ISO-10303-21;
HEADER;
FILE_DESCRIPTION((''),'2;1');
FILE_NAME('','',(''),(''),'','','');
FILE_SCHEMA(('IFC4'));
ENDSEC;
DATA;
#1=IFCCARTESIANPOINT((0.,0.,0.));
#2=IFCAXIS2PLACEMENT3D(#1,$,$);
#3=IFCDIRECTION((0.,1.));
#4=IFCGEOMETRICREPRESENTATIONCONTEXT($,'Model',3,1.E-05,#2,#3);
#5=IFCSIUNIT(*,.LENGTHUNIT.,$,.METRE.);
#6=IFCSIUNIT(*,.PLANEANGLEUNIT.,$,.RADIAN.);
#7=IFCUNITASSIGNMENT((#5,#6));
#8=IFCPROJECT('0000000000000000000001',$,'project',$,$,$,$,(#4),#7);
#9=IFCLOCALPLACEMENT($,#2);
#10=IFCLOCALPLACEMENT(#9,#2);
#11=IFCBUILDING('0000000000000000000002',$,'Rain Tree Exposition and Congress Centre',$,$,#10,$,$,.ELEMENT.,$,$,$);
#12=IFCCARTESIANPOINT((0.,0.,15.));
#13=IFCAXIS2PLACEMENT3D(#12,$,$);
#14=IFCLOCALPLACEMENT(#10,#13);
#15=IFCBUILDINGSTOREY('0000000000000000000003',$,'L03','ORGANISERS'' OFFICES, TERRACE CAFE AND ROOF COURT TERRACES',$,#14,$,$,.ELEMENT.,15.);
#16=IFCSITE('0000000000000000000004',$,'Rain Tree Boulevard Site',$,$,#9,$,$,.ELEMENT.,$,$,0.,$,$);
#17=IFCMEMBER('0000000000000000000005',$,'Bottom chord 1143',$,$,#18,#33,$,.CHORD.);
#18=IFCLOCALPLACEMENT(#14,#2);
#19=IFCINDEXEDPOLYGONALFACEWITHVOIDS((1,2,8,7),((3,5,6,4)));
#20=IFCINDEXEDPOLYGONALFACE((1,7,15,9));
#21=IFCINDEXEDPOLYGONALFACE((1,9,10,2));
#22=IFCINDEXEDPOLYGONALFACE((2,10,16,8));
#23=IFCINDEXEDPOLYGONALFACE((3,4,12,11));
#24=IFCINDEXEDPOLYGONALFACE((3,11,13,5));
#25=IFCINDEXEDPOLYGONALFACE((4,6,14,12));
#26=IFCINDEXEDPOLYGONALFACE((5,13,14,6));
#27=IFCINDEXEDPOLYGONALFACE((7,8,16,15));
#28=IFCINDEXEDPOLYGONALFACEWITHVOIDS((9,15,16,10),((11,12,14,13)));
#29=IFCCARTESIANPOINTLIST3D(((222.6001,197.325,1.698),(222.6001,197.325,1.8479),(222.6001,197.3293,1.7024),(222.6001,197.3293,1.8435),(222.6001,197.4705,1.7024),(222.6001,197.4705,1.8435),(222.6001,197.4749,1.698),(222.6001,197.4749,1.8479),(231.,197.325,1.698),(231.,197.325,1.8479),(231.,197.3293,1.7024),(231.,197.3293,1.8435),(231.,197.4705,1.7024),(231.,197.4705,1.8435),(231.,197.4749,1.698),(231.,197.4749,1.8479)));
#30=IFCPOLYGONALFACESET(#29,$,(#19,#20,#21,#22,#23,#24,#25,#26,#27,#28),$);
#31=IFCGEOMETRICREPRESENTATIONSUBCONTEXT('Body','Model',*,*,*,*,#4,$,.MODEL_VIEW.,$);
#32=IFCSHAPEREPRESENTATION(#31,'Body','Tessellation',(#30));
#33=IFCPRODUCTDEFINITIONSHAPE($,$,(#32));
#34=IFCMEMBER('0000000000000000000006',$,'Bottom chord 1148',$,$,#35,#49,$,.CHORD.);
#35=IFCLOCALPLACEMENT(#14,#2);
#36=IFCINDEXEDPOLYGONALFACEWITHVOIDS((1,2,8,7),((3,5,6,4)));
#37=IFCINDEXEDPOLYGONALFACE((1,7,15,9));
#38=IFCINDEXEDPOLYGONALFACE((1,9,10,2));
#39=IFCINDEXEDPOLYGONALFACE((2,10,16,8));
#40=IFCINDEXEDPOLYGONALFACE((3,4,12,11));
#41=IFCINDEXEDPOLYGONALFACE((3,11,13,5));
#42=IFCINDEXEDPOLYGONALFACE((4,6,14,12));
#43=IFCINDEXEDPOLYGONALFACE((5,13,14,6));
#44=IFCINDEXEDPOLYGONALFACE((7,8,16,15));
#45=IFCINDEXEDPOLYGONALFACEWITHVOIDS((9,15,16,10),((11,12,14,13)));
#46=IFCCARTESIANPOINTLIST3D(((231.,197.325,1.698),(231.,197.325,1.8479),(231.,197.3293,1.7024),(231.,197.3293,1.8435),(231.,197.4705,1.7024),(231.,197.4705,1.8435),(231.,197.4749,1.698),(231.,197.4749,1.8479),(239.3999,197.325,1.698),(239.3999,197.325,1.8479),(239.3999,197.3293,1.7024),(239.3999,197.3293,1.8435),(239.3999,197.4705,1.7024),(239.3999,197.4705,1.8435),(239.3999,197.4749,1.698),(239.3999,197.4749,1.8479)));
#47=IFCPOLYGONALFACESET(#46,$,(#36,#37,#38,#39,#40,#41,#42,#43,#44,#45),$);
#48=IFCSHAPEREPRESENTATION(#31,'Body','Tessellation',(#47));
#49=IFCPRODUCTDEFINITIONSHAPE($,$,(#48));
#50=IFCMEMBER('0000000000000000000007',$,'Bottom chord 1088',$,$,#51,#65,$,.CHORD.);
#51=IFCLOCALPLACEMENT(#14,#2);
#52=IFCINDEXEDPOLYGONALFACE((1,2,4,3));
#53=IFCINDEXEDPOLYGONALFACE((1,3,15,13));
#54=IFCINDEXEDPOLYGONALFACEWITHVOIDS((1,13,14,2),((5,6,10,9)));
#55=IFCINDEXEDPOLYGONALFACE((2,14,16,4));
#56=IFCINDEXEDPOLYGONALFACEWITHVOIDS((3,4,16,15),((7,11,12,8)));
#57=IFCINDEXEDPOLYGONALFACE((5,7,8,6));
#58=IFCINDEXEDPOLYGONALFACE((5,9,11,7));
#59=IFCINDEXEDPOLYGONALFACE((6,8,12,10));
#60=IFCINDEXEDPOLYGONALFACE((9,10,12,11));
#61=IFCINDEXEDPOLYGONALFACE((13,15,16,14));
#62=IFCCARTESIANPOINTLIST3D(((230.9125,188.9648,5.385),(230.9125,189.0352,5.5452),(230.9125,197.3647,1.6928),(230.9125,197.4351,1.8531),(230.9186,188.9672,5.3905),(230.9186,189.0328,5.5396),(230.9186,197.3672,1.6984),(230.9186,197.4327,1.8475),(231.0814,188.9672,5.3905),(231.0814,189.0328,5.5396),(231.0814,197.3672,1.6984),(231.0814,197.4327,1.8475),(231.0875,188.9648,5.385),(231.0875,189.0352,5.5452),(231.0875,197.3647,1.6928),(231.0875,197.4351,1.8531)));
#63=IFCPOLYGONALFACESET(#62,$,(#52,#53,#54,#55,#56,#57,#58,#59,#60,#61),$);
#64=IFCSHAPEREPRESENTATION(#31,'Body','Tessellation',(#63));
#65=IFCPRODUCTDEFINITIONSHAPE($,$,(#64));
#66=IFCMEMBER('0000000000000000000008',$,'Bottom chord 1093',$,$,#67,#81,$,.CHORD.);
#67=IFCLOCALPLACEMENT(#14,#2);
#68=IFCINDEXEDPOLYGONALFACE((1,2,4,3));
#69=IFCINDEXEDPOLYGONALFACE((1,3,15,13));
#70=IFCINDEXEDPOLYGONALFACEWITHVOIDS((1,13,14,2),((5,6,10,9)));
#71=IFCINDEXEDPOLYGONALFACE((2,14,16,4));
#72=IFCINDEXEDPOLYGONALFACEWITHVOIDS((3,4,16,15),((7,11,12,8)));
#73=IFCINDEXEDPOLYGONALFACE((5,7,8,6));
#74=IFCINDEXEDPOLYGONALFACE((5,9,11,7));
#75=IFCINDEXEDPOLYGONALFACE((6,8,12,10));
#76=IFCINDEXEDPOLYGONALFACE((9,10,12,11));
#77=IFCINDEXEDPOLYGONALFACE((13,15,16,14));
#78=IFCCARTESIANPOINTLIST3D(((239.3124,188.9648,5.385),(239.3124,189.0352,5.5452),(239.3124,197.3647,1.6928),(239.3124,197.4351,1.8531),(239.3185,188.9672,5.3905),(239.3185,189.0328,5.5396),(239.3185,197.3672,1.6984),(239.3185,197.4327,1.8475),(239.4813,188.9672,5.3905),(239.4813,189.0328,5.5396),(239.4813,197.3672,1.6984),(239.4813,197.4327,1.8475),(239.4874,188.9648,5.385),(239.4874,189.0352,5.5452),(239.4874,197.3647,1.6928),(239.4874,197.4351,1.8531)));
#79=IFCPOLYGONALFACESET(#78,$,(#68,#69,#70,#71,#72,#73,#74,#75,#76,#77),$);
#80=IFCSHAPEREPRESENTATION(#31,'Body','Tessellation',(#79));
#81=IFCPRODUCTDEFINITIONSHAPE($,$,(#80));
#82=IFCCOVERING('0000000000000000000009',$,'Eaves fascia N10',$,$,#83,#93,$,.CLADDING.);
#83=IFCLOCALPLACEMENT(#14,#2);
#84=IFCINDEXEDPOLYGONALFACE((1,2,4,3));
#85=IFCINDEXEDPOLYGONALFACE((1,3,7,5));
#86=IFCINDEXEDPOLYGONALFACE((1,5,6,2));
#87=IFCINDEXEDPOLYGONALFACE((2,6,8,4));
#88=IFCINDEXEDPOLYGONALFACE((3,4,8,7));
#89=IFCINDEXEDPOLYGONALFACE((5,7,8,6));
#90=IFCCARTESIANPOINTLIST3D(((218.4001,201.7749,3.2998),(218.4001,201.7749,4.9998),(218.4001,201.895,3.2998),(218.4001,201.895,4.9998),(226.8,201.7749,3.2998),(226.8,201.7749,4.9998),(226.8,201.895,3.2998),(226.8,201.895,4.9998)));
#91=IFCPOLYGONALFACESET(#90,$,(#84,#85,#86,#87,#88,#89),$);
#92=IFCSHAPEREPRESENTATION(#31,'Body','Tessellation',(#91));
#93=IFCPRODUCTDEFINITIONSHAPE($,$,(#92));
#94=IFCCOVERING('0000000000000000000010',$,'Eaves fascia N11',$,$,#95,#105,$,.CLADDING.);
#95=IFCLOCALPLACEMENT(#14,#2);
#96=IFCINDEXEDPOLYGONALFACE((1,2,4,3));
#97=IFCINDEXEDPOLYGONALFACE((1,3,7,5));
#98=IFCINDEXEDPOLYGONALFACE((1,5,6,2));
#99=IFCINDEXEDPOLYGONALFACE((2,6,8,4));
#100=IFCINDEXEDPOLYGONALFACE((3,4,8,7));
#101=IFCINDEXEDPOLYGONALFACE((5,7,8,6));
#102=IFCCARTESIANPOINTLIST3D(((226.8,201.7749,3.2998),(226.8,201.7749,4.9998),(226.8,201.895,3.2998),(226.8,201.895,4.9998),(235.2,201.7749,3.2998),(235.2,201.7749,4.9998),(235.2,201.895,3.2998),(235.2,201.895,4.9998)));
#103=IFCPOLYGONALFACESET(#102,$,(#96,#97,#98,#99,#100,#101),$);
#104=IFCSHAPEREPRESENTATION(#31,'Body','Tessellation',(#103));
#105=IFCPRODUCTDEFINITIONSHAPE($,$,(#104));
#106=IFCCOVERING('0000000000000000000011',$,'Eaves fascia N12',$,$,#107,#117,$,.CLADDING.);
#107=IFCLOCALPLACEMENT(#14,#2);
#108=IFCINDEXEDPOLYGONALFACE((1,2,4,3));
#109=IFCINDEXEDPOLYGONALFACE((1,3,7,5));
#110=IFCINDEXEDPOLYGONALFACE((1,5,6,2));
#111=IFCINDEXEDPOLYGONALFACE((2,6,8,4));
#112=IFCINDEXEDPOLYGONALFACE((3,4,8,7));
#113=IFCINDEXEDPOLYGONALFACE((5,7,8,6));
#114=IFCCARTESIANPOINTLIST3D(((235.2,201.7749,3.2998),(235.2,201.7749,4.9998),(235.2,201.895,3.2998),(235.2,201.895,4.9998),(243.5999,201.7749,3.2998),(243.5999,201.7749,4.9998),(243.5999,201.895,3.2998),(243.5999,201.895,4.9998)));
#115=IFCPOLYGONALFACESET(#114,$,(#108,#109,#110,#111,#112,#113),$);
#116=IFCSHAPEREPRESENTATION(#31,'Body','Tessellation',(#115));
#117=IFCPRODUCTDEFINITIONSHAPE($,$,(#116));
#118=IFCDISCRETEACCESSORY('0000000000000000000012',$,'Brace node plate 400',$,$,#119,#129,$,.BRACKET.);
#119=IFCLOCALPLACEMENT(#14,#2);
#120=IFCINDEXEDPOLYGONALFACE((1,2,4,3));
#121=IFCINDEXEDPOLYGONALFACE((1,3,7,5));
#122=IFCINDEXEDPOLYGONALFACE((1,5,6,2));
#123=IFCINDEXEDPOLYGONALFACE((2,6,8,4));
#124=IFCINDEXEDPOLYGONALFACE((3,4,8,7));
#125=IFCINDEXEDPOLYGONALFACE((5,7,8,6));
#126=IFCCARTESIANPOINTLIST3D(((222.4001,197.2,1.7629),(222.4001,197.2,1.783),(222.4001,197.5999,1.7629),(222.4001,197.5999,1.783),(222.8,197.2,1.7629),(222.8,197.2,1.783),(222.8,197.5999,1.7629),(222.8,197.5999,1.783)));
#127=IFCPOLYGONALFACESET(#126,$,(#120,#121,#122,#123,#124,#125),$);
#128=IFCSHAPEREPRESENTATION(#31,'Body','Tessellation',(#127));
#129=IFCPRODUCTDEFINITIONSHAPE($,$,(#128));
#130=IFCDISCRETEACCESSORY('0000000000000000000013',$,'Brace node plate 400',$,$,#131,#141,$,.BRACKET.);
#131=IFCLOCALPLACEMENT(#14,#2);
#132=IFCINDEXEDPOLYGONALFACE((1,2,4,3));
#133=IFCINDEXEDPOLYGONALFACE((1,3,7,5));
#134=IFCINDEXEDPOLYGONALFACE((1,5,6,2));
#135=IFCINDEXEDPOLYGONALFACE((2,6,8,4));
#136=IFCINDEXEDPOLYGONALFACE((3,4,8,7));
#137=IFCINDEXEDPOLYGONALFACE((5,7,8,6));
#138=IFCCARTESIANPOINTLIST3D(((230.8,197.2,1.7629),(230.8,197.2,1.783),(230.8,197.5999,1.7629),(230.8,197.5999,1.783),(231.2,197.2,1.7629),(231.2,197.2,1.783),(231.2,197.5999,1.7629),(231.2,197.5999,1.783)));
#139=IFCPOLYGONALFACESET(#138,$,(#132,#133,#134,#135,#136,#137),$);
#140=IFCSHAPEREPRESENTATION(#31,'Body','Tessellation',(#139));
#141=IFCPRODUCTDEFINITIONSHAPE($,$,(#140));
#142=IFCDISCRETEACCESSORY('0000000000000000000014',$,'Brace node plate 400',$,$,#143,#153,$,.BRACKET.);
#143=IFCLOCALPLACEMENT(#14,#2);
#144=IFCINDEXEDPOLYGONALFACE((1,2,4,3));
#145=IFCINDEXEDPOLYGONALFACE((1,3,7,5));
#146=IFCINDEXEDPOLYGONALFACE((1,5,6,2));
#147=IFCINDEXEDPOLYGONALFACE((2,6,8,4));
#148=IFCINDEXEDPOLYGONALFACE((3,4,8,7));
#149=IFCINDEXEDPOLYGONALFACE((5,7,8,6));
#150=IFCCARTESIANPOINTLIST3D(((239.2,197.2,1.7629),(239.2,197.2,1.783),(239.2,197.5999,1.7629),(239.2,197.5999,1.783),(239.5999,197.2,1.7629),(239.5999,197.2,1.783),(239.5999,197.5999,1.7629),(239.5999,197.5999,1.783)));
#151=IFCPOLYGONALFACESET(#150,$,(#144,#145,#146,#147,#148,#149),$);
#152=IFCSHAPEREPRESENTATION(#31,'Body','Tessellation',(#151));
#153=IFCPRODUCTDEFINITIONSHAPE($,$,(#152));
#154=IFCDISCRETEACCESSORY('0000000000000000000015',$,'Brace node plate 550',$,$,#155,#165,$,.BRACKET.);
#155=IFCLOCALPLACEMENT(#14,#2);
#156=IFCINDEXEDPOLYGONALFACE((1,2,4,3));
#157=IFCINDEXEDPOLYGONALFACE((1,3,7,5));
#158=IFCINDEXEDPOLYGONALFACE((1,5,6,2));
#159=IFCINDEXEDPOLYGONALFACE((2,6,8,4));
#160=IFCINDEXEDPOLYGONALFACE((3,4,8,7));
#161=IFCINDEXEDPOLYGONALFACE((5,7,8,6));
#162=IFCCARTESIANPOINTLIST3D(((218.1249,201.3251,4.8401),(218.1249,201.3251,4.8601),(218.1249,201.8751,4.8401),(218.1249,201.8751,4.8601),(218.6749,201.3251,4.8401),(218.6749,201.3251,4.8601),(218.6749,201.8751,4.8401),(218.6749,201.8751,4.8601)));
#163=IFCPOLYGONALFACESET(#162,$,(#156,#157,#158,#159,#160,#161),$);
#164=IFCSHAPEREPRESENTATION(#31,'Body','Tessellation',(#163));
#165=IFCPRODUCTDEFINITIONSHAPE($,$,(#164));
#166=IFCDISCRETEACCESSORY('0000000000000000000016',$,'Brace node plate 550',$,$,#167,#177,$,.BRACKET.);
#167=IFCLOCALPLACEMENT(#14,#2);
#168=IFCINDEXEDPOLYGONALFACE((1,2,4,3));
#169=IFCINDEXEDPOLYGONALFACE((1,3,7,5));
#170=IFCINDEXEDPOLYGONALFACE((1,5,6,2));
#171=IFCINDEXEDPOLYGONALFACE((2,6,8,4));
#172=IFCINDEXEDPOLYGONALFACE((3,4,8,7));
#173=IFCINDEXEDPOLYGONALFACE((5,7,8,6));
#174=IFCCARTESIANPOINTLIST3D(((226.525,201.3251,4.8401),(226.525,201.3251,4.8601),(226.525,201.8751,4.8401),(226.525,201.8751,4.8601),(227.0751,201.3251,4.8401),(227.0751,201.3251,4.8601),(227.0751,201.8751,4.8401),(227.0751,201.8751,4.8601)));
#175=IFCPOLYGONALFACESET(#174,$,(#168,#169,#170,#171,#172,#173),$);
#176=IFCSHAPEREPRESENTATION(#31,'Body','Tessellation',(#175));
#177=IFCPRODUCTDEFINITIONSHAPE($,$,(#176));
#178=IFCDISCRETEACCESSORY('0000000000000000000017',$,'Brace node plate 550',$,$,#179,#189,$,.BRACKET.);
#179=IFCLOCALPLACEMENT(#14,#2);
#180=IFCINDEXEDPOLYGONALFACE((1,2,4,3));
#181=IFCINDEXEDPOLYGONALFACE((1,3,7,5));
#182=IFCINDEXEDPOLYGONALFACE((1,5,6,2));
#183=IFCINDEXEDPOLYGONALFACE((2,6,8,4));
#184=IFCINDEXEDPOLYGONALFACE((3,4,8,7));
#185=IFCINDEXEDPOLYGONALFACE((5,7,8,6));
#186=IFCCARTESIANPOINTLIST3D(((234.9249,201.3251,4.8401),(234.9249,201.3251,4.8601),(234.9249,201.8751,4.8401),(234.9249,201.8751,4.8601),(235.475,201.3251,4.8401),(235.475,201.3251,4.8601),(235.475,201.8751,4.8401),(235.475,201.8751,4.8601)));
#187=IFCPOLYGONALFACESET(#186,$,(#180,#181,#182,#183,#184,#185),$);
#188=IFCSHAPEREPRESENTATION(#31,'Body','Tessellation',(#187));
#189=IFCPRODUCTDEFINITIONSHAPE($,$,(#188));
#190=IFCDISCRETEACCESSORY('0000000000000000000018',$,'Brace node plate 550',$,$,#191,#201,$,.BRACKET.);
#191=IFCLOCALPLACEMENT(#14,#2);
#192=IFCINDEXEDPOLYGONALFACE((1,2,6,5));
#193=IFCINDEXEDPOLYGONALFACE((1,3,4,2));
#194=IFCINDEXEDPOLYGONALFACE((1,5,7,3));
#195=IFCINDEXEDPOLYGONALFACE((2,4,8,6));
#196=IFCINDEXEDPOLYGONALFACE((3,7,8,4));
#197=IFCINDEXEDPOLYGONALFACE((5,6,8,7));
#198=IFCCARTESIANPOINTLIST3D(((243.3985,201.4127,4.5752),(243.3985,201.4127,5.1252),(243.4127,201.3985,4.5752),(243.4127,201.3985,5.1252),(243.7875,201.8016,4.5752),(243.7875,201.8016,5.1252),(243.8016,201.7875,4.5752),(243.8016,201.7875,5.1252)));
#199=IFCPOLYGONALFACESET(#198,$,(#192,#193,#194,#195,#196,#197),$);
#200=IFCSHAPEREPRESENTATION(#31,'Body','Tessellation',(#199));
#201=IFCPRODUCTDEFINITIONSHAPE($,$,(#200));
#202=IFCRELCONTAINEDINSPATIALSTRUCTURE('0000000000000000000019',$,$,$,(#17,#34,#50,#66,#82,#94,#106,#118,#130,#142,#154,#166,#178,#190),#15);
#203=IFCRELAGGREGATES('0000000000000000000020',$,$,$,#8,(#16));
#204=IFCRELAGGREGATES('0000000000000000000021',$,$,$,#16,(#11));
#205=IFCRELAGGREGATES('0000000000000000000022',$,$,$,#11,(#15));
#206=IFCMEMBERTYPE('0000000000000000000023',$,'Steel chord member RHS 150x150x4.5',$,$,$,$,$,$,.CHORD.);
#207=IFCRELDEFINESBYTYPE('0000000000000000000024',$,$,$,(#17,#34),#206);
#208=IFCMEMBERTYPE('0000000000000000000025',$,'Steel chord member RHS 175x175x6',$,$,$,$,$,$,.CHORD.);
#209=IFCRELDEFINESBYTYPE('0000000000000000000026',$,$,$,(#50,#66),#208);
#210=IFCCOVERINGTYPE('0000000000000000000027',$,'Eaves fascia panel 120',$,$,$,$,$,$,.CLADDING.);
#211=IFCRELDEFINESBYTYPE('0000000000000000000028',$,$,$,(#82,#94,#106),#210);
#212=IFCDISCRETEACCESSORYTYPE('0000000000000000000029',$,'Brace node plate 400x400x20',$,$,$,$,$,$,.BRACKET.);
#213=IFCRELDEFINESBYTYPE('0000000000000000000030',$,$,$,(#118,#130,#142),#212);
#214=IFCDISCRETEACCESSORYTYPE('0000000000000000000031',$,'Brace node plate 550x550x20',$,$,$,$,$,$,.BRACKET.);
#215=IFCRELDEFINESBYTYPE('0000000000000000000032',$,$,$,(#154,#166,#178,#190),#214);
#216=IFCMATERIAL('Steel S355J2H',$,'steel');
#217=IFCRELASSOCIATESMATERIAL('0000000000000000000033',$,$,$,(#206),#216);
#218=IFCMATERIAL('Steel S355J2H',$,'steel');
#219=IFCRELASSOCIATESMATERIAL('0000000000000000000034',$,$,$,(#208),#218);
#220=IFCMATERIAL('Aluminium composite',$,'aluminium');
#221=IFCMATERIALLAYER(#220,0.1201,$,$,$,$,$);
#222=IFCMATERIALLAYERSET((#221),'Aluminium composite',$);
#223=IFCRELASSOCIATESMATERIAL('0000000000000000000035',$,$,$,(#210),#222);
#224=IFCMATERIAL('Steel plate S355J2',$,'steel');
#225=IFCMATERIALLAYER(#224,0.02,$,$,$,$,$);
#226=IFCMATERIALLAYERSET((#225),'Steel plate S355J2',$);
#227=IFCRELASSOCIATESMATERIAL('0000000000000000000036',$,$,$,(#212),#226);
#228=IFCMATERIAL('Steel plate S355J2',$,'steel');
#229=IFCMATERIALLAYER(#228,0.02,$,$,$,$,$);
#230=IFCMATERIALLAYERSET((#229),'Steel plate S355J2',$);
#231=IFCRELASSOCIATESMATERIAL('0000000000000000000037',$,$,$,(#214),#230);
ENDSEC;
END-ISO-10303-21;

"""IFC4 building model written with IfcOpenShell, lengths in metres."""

from ifc_helpers import new_model, si_unit, direction, frame, origin, origin_2d, place, context, subcontext, project, spatial, rectangle, hollow_rectangle, extrude, material, layer, layer_set, material_profile, profile_set, type_object, element, save


model = new_model("IFC4")

# Units and contexts
model_context = context("Model", 3, precision=1e-05, world=origin(), true_north=direction((0.0, 1.0)))
body_context = subcontext(model_context, "Body", "Model", "MODEL_VIEW")
ifc_project = project(units=[si_unit("LENGTHUNIT", "METRE"), si_unit("PLANEANGLEUNIT", "RADIAN")], contexts=[model_context])

# Site, building, storey
site_placement = place(None, origin())
site = spatial("IfcSite", under=ifc_project, at=site_placement, Name="Rain Tree Boulevard Site", CompositionType="ELEMENT", RefElevation=0.0)
building_placement = place(site_placement, origin())
building = spatial("IfcBuilding", under=site, at=building_placement, Name="Rain Tree Exposition and Congress Centre", CompositionType="ELEMENT")
storey_placement = place(building_placement, frame((0.0, 0.0, 15.0)))
storey = spatial("IfcBuildingStorey", under=building, at=storey_placement, Name="L03", Description="ORGANISERS' OFFICES, TERRACE CAFE AND ROOF COURT TERRACES", CompositionType="ELEMENT", Elevation=15.0)

# Members
ifc_material_1 = material(Name="Steel S355J2H", Category="steel")
ifc_material_profile_1 = material_profile(ifc_material_1, hollow_rectangle(XDim=0.1499, YDim=0.1499, WallThickness=0.0044, at=origin_2d()), Name="RHS 150x150x4.5")
ifc_profile_set_1 = profile_set([ifc_material_profile_1], Name="Steel S355J2H")
member_type_1 = type_object("IfcMemberType", Name="Steel chord member RHS 150x150x4.5", PredefinedType="CHORD", material=ifc_profile_set_1)
for number, where, z_axis, x_axis, name in (
    (1, (222.6001, 197.3999, 1.7729), (1.0, 0.0, 0.0), (0.0, 1.0, 0.0), "Bottom chord 1143"),
    (2, (231.0, 197.3999, 1.7729), (1.0, 0.0, 0.0), (0.0, 1.0, 0.0), "Bottom chord 1148"),
):
    element("IfcMember", number, at=place(storey_placement, frame(where, z_axis=z_axis, x_axis=x_axis)), inside=storey, type_object=member_type_1, Name=name, PredefinedType="CHORD", context=body_context, shape_type="SweptSolid", body=[
        extrude(hollow_rectangle(XDim=0.1499, YDim=0.1499, WallThickness=0.0044, at=origin_2d()), origin(), (0.0, 0.0, 1.0), 8.3999),
    ])
ifc_material_2 = material(Name="Steel S355J2H", Category="steel")
ifc_material_profile_2 = material_profile(ifc_material_2, hollow_rectangle(XDim=0.175, YDim=0.175, WallThickness=0.0061, at=origin_2d()), Name="RHS 175x175x6")
ifc_profile_set_2 = profile_set([ifc_material_profile_2], Name="Steel S355J2H")
member_type_2 = type_object("IfcMemberType", Name="Steel chord member RHS 175x175x6", PredefinedType="CHORD", material=ifc_profile_set_2)
for number, where, z_axis, x_axis, name in (
    (3, (231.0, 189.0, 5.4651), (0.0, 0.915468, -0.40239), (-1.0, 0.0, 0.0), "Bottom chord 1088"),
    (4, (239.3999, 189.0, 5.4651), (0.0, 0.915468, -0.40239), (-1.0, 0.0, 0.0), "Bottom chord 1093"),
):
    element("IfcMember", number, at=place(storey_placement, frame(where, z_axis=z_axis, x_axis=x_axis)), inside=storey, type_object=member_type_2, Name=name, PredefinedType="CHORD", context=body_context, shape_type="SweptSolid", body=[
        extrude(hollow_rectangle(XDim=0.175, YDim=0.175, WallThickness=0.0061, at=origin_2d()), origin(), (0.0, 0.0, 1.0), 9.1755),
    ])

# Coverings
ifc_material_3 = material(Name="Aluminium composite", Category="aluminium")
ifc_layer_1 = layer(ifc_material_3, 0.1201)
ifc_layer_set_1 = layer_set([ifc_layer_1], Name="Aluminium composite")
covering_type = type_object("IfcCoveringType", Name="Eaves fascia panel 120", PredefinedType="CLADDING", material=ifc_layer_set_1)
for number, where, z_axis, x_axis, name in (
    (5, (222.6001, 201.835, 3.2998), (0.0, 0.0, 1.0), (1.0, 0.0, 0.0), "Eaves fascia N10"),
    (6, (231.0, 201.835, 3.2998), (0.0, 0.0, 1.0), (1.0, 0.0, 0.0), "Eaves fascia N11"),
    (7, (239.3999, 201.835, 3.2998), (0.0, 0.0, 1.0), (1.0, 0.0, 0.0), "Eaves fascia N12"),
):
    element("IfcCovering", number, at=place(storey_placement, frame(where, z_axis=z_axis, x_axis=x_axis)), inside=storey, type_object=covering_type, Name=name, PredefinedType="CLADDING", context=body_context, shape_type="SweptSolid", body=[
        extrude(rectangle(XDim=8.3999, YDim=0.1201, at=origin_2d()), origin(), (0.0, 0.0, 1.0), 1.7),
    ])

# Discrete accessories
ifc_material_4 = material(Name="Steel plate S355J2", Category="steel")
ifc_layer_2 = layer(ifc_material_4, 0.02)
ifc_layer_set_2 = layer_set([ifc_layer_2], Name="Steel plate S355J2")
discrete_accessory_type_1 = type_object("IfcDiscreteAccessoryType", Name="Brace node plate 400x400x20", PredefinedType="BRACKET", material=ifc_layer_set_2)
for number, where, z_axis, x_axis, name in (
    (8, (222.6001, 197.3999, 1.7629), (0.0, 0.0, 1.0), (1.0, 0.0, 0.0), "Brace node plate 400"),
    (9, (231.0, 197.3999, 1.7629), (0.0, 0.0, 1.0), (1.0, 0.0, 0.0), "Brace node plate 400"),
    (10, (239.3999, 197.3999, 1.7629), (0.0, 0.0, 1.0), (1.0, 0.0, 0.0), "Brace node plate 400"),
):
    element("IfcDiscreteAccessory", number, at=place(storey_placement, frame(where, z_axis=z_axis, x_axis=x_axis)), inside=storey, type_object=discrete_accessory_type_1, Name=name, PredefinedType="BRACKET", context=body_context, shape_type="SweptSolid", body=[
        extrude(rectangle(XDim=0.3999, YDim=0.3999, at=origin_2d()), origin(), (0.0, 0.0, 1.0), 0.02),
    ])
ifc_material_5 = material(Name="Steel plate S355J2", Category="steel")
ifc_layer_3 = layer(ifc_material_5, 0.02)
ifc_layer_set_3 = layer_set([ifc_layer_3], Name="Steel plate S355J2")
discrete_accessory_type_2 = type_object("IfcDiscreteAccessoryType", Name="Brace node plate 550x550x20", PredefinedType="BRACKET", material=ifc_layer_set_3)
for number, where, z_axis, x_axis, name in (
    (11, (218.3999, 201.6001, 4.8401), (0.0, 0.0, 1.0), (1.0, 0.0, 0.0), "Brace node plate 550"),
    (12, (226.8, 201.6001, 4.8401), (0.0, 0.0, 1.0), (1.0, 0.0, 0.0), "Brace node plate 550"),
    (13, (235.2, 201.6001, 4.8401), (0.0, 0.0, 1.0), (1.0, 0.0, 0.0), "Brace node plate 550"),
):
    element("IfcDiscreteAccessory", number, at=place(storey_placement, frame(where, z_axis=z_axis, x_axis=x_axis)), inside=storey, type_object=discrete_accessory_type_2, Name=name, PredefinedType="BRACKET", context=body_context, shape_type="SweptSolid", body=[
        extrude(rectangle(XDim=0.55, YDim=0.55, at=origin_2d()), origin(), (0.0, 0.0, 1.0), 0.02),
    ])
discrete_accessory_placement = place(storey_placement, frame((243.6001, 201.6001, 4.5752), z_axis=(0.0, 0.0, 1.0), x_axis=(-0.707107, -0.707107, 0.0)))
element("IfcDiscreteAccessory", 14, at=discrete_accessory_placement, inside=storey, type_object=discrete_accessory_type_2, Name="Brace node plate 550", PredefinedType="BRACKET", context=body_context, shape_type="SweptSolid", body=[
    extrude(rectangle(XDim=0.55, YDim=0.02, at=origin_2d()), origin(), (0.0, 0.0, 1.0), 0.55),
])

save(model, "model.ifc")
